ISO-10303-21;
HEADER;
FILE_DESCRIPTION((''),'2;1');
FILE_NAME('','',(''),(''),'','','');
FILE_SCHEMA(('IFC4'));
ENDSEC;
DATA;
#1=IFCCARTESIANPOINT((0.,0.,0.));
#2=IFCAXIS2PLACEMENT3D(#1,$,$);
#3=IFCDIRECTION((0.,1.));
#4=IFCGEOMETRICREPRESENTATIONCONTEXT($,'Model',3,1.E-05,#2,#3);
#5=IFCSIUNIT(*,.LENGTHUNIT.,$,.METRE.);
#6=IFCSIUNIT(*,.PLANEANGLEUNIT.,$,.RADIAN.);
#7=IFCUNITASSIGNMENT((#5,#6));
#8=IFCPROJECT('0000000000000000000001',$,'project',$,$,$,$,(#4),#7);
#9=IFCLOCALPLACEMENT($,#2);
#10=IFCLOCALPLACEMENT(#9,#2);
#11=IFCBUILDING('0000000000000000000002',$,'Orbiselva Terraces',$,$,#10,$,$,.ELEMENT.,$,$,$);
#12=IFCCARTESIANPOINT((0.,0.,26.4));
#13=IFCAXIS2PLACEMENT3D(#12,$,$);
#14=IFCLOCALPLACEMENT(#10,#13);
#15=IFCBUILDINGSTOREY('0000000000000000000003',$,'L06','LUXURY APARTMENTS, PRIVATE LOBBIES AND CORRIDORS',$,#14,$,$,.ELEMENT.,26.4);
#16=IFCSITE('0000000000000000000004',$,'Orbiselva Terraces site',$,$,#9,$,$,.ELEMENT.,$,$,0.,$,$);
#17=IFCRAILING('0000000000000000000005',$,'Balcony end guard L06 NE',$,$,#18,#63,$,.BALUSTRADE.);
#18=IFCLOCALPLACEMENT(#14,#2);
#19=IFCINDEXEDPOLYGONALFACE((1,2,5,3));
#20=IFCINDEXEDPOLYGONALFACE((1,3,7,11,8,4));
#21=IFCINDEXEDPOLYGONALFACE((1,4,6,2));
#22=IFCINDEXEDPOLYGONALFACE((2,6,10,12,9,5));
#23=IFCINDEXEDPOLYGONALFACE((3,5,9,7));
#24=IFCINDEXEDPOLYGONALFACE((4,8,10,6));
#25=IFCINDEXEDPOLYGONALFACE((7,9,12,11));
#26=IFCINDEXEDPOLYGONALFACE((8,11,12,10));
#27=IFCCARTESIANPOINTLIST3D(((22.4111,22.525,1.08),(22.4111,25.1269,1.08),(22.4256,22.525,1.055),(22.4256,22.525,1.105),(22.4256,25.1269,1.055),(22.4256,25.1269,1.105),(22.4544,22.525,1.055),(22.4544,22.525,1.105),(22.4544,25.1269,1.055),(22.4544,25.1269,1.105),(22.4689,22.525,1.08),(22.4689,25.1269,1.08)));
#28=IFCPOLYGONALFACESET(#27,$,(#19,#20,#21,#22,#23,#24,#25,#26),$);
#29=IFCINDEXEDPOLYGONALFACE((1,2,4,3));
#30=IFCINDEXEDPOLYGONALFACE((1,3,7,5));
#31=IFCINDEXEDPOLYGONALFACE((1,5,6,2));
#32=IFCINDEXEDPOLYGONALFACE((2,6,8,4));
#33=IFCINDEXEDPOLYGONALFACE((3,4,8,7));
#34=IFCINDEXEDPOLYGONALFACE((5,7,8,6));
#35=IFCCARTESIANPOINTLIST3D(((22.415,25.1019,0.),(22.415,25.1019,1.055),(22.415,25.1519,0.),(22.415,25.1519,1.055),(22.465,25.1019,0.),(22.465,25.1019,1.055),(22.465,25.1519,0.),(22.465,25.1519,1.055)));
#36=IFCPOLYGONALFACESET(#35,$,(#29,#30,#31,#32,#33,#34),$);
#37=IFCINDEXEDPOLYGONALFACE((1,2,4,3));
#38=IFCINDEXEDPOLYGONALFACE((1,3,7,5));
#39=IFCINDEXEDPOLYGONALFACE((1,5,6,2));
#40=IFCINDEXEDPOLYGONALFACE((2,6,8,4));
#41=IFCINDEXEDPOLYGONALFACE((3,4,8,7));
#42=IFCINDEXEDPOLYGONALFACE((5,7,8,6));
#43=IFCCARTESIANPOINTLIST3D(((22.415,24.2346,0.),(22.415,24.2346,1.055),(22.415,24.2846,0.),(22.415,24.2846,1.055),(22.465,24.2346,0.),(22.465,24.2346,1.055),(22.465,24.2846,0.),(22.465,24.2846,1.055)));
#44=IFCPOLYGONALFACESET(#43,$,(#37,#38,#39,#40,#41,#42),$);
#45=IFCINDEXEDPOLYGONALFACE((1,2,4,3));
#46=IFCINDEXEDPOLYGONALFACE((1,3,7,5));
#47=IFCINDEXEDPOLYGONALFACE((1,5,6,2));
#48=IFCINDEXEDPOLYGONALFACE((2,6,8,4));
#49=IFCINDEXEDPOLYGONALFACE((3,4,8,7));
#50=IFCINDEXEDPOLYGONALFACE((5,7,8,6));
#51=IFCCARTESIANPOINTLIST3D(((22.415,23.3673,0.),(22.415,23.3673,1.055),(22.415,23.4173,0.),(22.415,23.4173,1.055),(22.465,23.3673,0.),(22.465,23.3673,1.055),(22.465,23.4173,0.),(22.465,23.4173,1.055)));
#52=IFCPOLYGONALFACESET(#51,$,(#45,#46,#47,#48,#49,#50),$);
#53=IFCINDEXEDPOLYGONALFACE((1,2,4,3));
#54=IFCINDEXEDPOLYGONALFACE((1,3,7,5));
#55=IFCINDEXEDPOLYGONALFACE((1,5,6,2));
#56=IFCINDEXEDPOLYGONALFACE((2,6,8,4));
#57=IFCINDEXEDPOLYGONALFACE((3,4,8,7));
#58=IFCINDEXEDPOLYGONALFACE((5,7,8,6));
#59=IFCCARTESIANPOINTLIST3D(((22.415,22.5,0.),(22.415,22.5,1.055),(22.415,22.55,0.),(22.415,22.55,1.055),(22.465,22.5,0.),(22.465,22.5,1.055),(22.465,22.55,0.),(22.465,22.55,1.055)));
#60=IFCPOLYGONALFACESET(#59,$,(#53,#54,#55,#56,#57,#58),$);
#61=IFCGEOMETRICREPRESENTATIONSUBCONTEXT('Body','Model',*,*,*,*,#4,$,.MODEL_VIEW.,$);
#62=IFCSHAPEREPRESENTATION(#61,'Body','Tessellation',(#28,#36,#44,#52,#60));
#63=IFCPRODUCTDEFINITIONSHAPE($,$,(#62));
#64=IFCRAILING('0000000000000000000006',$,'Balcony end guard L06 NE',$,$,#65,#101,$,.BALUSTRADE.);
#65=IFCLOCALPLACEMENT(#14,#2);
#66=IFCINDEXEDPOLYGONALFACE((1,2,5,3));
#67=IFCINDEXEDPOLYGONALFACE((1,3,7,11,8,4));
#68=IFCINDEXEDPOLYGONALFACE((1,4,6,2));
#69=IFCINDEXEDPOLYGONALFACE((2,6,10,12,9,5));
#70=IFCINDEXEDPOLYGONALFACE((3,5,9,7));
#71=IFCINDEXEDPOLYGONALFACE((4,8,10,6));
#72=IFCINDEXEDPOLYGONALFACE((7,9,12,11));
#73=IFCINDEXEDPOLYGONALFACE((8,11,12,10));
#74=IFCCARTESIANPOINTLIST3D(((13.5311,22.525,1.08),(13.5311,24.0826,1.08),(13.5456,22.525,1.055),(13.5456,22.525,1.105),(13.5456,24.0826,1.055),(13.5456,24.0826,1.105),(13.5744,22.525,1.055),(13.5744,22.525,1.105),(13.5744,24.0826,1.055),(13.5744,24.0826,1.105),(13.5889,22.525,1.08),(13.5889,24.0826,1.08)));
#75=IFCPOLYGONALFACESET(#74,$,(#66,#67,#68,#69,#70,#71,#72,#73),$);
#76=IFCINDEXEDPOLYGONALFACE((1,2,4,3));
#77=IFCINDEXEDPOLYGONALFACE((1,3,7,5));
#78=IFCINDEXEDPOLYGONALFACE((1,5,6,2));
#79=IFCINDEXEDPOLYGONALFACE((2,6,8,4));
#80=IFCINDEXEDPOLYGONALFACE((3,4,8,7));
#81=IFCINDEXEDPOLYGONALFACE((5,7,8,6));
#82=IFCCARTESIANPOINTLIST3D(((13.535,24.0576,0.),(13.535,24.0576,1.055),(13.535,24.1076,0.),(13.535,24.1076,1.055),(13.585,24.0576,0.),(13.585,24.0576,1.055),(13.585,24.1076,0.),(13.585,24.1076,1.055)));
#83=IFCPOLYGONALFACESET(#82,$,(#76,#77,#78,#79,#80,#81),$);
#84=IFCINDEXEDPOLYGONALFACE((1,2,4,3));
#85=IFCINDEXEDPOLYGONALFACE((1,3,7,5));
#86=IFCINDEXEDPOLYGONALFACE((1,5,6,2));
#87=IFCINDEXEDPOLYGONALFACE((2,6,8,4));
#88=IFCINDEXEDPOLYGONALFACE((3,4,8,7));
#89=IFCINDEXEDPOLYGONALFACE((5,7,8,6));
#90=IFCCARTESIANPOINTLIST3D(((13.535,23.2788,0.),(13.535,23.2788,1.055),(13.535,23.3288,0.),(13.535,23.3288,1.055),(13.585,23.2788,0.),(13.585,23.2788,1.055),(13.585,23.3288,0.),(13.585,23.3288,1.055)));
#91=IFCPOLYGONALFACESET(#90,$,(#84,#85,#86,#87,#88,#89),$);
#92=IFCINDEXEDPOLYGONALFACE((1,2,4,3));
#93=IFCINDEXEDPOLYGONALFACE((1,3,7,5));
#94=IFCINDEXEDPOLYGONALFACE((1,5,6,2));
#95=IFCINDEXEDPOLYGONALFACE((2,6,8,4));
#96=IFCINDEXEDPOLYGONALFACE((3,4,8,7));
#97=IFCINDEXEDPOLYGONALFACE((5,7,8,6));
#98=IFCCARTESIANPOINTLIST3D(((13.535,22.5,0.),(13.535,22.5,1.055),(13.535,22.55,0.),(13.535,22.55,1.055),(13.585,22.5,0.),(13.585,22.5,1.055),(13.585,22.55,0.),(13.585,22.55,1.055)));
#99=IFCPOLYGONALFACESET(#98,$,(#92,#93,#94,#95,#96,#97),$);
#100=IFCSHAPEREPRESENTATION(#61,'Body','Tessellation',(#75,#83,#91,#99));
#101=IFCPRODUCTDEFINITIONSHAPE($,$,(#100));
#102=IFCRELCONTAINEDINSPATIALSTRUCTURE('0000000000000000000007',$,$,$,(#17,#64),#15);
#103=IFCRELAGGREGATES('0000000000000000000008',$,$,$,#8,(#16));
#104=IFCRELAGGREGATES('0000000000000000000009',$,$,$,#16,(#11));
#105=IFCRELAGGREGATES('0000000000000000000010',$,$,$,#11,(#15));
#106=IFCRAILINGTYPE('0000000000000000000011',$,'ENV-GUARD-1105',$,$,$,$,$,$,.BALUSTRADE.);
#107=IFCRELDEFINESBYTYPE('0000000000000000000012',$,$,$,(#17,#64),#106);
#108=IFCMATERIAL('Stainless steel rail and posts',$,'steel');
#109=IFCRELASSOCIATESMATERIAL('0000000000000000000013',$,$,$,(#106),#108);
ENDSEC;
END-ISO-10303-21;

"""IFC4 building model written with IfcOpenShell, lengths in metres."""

from ifc_helpers import new_model, si_unit, direction, frame, origin, origin_2d, place, context, subcontext, project, spatial, polyline, rectangle, outline, extrude, material, type_object, element, save


model = new_model("IFC4")

# Units and contexts
model_context = context("Model", 3, precision=1e-05, world=origin(), true_north=direction((0.0, 1.0)))
body_context = subcontext(model_context, "Body", "Model", "MODEL_VIEW")
ifc_project = project(units=[si_unit("LENGTHUNIT", "METRE"), si_unit("PLANEANGLEUNIT", "RADIAN")], contexts=[model_context])

# Site, building, storey
site_placement = place(None, origin())
site = spatial("IfcSite", under=ifc_project, at=site_placement, Name="Orbiselva Terraces site", CompositionType="ELEMENT", RefElevation=0.0)
building_placement = place(site_placement, origin())
building = spatial("IfcBuilding", under=site, at=building_placement, Name="Orbiselva Terraces", CompositionType="ELEMENT")
storey_placement = place(building_placement, frame((0.0, 0.0, 26.4)))
storey = spatial("IfcBuildingStorey", under=building, at=storey_placement, Name="L06", Description="LUXURY APARTMENTS, PRIVATE LOBBIES AND CORRIDORS", CompositionType="ELEMENT", Elevation=26.4)

# Railings
ifc_material_1 = material(Name="Stainless steel rail and posts", Category="steel")
railing_type_1 = type_object("IfcRailingType", Name="ENV-GUARD-1105", PredefinedType="BALUSTRADE", material=ifc_material_1)
railing_1_placement = place(storey_placement, frame((22.44, 25.1269, 0.0)))
element("IfcRailing", 1, at=railing_1_placement, inside=storey, type_object=railing_type_1, Name="Balcony end guard L06 NE", PredefinedType="BALUSTRADE", context=body_context, shape_type="SweptSolid", body=[
    extrude(outline(polyline([(0.0289, 0.0), (0.0144, 0.025), (-0.0144, 0.025), (-0.0289, 0.0), (-0.0144, -0.025), (0.0144, -0.025), (0.0289, 0.0)])), frame((0.0, 0.0, 1.08), z_axis=(0.0, -1.0, 0.0), x_axis=(1.0, 0.0, 0.0)), (0.0, 0.0, 1.0), 2.6019),
    extrude(rectangle(XDim=0.05, YDim=0.05, at=origin_2d()), origin(), (0.0, 0.0, 1.0), 1.055),
    extrude(rectangle(XDim=0.05, YDim=0.05, at=origin_2d()), frame((0.0, -0.8673, 0.0)), (0.0, 0.0, 1.0), 1.055),
    extrude(rectangle(XDim=0.05, YDim=0.05, at=origin_2d()), frame((0.0, -1.7346, 0.0)), (0.0, 0.0, 1.0), 1.055),
    extrude(rectangle(XDim=0.05, YDim=0.05, at=origin_2d()), frame((0.0, -2.6019, 0.0)), (0.0, 0.0, 1.0), 1.055),
])
railing_2_placement = place(storey_placement, frame((13.56, 24.0826, 0.0)))
element("IfcRailing", 2, at=railing_2_placement, inside=storey, type_object=railing_type_1, Name="Balcony end guard L06 NE", PredefinedType="BALUSTRADE", context=body_context, shape_type="SweptSolid", body=[
    extrude(outline(polyline([(0.0289, 0.0), (0.0144, 0.025), (-0.0144, 0.025), (-0.0289, 0.0), (-0.0144, -0.025), (0.0144, -0.025), (0.0289, 0.0)])), frame((0.0, 0.0, 1.08), z_axis=(0.0, -1.0, 0.0), x_axis=(1.0, 0.0, 0.0)), (0.0, 0.0, 1.0), 1.5576),
    extrude(rectangle(XDim=0.05, YDim=0.05, at=origin_2d()), origin(), (0.0, 0.0, 1.0), 1.055),
    extrude(rectangle(XDim=0.05, YDim=0.05, at=origin_2d()), frame((0.0, -0.7788, 0.0)), (0.0, 0.0, 1.0), 1.055),
    extrude(rectangle(XDim=0.05, YDim=0.05, at=origin_2d()), frame((0.0, -1.5576, 0.0)), (0.0, 0.0, 1.0), 1.055),
])

save(model, "model.ifc")
